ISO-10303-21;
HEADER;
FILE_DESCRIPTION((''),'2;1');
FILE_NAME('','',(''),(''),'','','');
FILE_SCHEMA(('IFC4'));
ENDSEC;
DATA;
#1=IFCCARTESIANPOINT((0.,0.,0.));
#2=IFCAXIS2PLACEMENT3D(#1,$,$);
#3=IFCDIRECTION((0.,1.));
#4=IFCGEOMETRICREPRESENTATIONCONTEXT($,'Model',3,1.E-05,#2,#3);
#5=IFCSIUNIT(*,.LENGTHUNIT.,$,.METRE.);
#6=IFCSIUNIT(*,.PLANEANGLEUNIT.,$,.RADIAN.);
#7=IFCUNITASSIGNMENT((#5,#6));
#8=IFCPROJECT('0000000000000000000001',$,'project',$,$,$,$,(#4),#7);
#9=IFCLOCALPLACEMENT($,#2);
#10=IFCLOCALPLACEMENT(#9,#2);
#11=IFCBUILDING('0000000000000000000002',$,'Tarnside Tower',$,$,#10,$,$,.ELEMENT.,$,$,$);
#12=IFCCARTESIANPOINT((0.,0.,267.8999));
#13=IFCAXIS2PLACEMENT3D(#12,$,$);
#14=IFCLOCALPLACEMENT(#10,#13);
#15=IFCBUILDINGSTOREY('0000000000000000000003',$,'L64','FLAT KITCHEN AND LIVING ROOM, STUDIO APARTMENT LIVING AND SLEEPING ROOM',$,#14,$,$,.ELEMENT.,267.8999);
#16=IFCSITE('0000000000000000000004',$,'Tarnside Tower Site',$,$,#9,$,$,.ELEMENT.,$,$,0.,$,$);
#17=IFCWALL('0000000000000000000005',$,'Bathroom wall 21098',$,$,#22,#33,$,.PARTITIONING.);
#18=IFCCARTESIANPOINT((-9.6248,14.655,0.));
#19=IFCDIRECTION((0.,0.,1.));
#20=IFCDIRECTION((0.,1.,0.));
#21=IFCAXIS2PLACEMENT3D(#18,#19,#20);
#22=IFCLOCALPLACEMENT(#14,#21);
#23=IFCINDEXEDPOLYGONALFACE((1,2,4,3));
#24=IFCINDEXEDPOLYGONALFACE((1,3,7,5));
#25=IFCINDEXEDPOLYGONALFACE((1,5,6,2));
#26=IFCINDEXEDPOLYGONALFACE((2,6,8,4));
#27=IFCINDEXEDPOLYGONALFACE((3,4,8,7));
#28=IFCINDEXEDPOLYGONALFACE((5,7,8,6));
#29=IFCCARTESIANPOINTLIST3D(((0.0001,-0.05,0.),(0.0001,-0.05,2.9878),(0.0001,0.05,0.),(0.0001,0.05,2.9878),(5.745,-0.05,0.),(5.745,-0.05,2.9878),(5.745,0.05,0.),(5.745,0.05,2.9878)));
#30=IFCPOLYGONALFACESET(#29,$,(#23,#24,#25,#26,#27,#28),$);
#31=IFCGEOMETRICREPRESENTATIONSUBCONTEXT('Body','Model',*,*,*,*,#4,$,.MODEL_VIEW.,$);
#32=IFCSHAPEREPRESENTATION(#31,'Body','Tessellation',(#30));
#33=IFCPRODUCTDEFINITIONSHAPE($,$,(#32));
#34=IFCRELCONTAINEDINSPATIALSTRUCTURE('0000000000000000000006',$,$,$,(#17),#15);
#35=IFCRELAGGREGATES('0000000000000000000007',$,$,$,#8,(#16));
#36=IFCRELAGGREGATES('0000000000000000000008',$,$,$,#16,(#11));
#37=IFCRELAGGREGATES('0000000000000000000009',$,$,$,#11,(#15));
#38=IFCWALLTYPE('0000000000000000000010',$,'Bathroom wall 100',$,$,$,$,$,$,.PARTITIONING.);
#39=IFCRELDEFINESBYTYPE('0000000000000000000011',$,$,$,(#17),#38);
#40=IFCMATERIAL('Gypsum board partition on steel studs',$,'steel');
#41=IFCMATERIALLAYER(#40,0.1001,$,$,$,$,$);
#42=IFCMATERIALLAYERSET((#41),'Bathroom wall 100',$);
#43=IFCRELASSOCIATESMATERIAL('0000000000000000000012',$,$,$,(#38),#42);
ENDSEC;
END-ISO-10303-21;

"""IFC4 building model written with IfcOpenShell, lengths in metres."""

from ifc_helpers import new_model, si_unit, direction, frame, frame_2d, origin, place, context, subcontext, project, spatial, rectangle, extrude, material, layer, layer_set, type_object, element, save


model = new_model("IFC4")

# Units and contexts
model_context = context("Model", 3, precision=1e-05, world=origin(), true_north=direction((0.0, 1.0)))
body_context = subcontext(model_context, "Body", "Model", "MODEL_VIEW")
ifc_project = project(units=[si_unit("LENGTHUNIT", "METRE"), si_unit("PLANEANGLEUNIT", "RADIAN")], contexts=[model_context])

# Site, building, storey
site_placement = place(None, origin())
site = spatial("IfcSite", under=ifc_project, at=site_placement, Name="Tarnside Tower Site", CompositionType="ELEMENT", RefElevation=0.0)
building_placement = place(site_placement, origin())
building = spatial("IfcBuilding", under=site, at=building_placement, Name="Tarnside Tower", CompositionType="ELEMENT")
storey_placement = place(building_placement, frame((0.0, 0.0, 267.8999)))
storey = spatial("IfcBuildingStorey", under=building, at=storey_placement, Name="L64", Description="FLAT KITCHEN AND LIVING ROOM, STUDIO APARTMENT LIVING AND SLEEPING ROOM", CompositionType="ELEMENT", Elevation=267.8999)

# Wall
ifc_material_1 = material(Name="Gypsum board partition on steel studs", Category="steel")
ifc_layer_1 = layer(ifc_material_1, 0.1001)
ifc_layer_set_1 = layer_set([ifc_layer_1], Name="Bathroom wall 100")
wall_type_1 = type_object("IfcWallType", Name="Bathroom wall 100", PredefinedType="PARTITIONING", material=ifc_layer_set_1)
wall_1_placement = place(storey_placement, frame((-9.6248, 14.655, 0.0), z_axis=(0.0, 0.0, 1.0), x_axis=(0.0, 1.0, 0.0)))
element("IfcWall", 1, at=wall_1_placement, inside=storey, type_object=wall_type_1, Name="Bathroom wall 21098", PredefinedType="PARTITIONING", context=body_context, shape_type="SweptSolid", body=[
    extrude(rectangle(XDim=5.7449, YDim=0.1001, at=frame_2d((2.8726, 0.0))), origin(), (0.0, 0.0, 1.0), 2.9878),
])

save(model, "model.ifc")
